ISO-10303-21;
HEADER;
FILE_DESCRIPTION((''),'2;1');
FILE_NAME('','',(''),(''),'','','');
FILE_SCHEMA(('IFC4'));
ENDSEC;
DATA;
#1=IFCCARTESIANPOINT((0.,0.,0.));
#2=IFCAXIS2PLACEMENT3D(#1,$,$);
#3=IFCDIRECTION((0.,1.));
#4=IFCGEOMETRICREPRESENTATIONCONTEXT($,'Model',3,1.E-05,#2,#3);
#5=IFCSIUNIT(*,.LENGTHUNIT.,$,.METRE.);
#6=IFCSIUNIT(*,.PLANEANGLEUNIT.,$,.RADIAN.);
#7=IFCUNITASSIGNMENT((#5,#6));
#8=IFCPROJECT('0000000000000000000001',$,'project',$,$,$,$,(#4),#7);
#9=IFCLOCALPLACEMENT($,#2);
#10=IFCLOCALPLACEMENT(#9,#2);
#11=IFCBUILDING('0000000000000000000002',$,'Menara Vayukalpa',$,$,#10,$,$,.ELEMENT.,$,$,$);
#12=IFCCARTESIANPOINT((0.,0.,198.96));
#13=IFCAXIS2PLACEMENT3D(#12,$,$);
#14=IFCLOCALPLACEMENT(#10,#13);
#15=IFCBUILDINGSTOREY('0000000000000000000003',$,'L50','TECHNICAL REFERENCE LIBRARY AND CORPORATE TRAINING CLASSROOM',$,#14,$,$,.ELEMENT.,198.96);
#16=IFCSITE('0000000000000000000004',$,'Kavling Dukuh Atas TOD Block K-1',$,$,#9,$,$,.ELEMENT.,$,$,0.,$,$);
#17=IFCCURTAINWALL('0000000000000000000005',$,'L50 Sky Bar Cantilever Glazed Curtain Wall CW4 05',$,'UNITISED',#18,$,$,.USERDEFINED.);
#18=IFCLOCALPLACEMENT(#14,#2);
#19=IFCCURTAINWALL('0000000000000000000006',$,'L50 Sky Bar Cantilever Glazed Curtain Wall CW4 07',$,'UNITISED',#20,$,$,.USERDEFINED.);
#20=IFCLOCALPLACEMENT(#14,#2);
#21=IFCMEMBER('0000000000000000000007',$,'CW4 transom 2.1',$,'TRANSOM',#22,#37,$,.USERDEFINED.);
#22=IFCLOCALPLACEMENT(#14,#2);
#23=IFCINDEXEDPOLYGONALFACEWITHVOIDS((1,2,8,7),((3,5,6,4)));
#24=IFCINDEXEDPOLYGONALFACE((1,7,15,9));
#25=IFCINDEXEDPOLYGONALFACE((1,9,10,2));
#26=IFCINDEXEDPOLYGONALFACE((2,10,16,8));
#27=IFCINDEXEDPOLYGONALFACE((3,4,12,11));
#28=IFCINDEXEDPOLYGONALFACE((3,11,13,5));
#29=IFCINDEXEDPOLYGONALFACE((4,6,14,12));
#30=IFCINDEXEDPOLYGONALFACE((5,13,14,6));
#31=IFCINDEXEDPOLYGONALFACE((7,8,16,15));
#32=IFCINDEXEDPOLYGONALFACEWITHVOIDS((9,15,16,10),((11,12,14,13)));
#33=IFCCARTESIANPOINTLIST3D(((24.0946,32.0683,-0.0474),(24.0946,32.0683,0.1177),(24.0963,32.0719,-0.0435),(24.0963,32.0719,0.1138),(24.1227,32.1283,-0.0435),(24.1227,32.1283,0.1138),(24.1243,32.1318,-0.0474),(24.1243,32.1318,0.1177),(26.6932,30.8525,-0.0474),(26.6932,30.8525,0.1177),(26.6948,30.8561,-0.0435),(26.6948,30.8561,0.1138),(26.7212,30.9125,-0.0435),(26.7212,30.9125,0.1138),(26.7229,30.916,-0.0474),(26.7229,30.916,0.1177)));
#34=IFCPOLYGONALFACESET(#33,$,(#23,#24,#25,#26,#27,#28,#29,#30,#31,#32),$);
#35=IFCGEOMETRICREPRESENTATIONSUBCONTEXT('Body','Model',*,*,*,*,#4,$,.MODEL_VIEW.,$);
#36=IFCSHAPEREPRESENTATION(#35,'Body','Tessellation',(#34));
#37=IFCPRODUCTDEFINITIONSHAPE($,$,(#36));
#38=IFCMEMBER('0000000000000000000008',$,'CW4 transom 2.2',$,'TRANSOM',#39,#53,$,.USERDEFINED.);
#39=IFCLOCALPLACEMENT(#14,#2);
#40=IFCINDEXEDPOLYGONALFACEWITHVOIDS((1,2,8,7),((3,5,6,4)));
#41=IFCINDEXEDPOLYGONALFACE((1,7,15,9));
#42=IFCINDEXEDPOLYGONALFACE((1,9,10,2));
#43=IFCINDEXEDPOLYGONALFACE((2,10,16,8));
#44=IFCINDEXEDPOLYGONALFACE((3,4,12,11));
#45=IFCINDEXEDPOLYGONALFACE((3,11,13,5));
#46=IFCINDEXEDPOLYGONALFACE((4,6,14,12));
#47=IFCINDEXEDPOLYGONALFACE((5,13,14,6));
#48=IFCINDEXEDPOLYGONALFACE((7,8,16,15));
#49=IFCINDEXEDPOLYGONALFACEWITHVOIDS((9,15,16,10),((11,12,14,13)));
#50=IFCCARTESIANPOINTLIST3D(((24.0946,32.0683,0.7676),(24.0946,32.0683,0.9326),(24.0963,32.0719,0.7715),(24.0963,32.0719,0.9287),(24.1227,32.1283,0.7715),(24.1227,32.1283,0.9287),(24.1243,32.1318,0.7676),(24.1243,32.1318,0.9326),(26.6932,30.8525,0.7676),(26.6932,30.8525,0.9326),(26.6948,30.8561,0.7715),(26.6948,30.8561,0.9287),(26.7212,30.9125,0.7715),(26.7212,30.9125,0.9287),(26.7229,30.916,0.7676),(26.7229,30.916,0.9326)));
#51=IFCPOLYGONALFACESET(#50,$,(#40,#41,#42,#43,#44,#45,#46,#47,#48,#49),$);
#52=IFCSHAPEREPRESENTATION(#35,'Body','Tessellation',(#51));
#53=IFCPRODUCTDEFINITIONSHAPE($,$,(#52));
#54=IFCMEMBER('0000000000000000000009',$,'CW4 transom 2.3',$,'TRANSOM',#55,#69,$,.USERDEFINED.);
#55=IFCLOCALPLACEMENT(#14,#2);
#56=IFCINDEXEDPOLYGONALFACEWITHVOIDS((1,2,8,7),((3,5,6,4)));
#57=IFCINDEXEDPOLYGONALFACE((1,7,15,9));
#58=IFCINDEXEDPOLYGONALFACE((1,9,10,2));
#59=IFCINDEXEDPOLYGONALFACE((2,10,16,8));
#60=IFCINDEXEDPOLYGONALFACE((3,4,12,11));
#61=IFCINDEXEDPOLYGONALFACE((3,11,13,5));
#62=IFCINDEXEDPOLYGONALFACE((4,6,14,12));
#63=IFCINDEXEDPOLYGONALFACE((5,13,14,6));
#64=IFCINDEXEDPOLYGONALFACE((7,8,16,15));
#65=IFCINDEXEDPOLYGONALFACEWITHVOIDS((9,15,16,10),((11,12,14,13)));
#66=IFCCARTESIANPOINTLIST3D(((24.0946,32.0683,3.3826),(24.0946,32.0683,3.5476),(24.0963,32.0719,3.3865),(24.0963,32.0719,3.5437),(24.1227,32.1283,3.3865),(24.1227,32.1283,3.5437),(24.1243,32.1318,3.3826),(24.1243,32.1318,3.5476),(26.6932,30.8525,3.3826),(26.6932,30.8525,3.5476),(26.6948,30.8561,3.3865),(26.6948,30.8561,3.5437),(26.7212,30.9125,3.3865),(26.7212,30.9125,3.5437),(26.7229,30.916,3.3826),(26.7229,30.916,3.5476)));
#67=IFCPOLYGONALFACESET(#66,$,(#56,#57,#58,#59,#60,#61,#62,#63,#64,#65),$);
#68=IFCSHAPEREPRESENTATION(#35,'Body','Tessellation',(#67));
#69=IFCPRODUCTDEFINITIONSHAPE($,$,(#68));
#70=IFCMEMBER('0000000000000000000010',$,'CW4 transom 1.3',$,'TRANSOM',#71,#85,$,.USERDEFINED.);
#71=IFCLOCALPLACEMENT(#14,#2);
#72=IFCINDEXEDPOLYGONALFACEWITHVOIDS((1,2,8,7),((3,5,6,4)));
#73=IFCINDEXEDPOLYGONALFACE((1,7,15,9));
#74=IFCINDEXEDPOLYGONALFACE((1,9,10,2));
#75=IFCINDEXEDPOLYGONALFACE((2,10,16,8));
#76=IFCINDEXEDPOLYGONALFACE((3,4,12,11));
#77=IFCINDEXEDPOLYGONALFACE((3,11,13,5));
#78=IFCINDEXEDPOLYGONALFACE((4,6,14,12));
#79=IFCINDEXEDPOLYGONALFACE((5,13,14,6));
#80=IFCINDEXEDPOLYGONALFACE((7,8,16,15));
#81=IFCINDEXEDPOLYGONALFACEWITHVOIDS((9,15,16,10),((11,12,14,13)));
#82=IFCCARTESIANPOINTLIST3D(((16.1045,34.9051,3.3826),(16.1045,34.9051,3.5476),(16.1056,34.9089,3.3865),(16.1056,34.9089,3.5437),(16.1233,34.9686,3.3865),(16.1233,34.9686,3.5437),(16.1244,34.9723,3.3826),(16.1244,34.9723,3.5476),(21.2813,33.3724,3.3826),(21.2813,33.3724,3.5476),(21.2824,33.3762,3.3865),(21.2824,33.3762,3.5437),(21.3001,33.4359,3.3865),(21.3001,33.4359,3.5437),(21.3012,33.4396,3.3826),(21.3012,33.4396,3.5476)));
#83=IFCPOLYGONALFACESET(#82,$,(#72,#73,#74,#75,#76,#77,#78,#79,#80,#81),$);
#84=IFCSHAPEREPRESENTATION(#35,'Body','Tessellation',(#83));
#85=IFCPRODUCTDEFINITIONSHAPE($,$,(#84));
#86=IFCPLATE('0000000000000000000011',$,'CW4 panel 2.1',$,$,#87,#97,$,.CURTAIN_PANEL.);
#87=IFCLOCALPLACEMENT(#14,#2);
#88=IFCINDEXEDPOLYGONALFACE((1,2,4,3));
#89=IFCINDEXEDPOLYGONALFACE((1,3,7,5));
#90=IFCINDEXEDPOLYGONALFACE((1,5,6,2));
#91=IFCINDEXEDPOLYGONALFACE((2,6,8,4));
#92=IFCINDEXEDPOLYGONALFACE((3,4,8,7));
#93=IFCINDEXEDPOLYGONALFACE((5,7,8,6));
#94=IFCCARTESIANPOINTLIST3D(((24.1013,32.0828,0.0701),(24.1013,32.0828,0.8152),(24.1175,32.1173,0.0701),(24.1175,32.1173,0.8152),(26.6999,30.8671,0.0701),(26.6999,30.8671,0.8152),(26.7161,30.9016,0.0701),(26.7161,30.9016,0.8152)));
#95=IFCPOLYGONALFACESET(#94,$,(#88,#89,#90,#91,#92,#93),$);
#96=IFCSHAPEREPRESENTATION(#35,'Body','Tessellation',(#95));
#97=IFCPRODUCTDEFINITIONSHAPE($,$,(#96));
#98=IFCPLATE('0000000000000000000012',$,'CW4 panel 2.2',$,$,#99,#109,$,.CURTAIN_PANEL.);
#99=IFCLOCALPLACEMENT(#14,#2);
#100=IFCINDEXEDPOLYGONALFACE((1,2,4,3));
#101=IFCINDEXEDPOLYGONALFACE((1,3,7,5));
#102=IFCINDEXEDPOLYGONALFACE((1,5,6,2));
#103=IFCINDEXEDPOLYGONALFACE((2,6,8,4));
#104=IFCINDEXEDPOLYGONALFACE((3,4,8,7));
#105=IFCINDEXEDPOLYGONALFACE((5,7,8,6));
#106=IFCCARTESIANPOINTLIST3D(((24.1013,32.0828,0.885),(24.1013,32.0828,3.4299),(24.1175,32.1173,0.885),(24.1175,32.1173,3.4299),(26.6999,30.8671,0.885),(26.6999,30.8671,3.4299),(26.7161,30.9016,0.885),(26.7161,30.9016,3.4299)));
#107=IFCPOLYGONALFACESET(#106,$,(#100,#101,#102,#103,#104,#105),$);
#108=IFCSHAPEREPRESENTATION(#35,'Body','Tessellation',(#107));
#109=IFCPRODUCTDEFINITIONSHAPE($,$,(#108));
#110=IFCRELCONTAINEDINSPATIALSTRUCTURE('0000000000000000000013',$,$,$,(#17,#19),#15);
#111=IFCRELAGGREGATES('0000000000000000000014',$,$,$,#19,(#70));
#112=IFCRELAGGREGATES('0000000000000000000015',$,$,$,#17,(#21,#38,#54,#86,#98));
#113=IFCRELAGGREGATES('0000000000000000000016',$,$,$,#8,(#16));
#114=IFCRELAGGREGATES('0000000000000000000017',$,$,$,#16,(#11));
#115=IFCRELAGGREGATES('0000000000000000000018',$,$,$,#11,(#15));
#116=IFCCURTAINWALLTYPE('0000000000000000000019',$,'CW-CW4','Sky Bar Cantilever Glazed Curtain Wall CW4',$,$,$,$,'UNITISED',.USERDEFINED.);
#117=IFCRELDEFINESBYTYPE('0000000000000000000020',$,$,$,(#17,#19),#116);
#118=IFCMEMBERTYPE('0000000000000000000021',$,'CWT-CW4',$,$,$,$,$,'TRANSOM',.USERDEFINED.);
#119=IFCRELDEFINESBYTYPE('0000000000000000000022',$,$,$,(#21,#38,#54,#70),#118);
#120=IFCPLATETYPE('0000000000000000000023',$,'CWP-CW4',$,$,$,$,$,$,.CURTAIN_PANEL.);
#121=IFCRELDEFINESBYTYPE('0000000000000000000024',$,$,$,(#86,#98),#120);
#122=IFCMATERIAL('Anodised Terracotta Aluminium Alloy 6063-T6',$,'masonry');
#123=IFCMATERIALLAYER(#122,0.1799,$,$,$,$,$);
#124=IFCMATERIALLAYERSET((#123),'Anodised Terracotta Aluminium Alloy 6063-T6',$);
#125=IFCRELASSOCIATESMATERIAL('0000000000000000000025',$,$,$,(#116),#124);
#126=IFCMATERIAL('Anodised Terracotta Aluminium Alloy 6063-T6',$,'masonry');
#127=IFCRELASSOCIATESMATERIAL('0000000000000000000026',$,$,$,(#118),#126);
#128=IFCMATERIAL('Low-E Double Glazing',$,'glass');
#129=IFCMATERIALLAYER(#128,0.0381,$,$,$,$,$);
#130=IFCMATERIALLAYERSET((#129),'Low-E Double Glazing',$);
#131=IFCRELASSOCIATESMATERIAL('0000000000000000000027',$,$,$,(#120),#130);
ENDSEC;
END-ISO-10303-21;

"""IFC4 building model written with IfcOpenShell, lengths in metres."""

from ifc_helpers import new_model, si_unit, direction, frame, origin, origin_2d, place, context, subcontext, project, spatial, rectangle, hollow_rectangle, extrude, material, layer, layer_set, material_profile, profile_set, type_object, element, aggregate, save


model = new_model("IFC4")

# Units and contexts
model_context = context("Model", 3, precision=1e-05, world=origin(), true_north=direction((0.0, 1.0)))
body_context = subcontext(model_context, "Body", "Model", "MODEL_VIEW")
ifc_project = project(units=[si_unit("LENGTHUNIT", "METRE"), si_unit("PLANEANGLEUNIT", "RADIAN")], contexts=[model_context])

# Site, building, storey
site_placement = place(None, origin())
site = spatial("IfcSite", under=ifc_project, at=site_placement, Name="Kavling Dukuh Atas TOD Block K-1", CompositionType="ELEMENT", RefElevation=0.0)
building_placement = place(site_placement, origin())
building = spatial("IfcBuilding", under=site, at=building_placement, Name="Menara Vayukalpa", CompositionType="ELEMENT")
storey_placement = place(building_placement, frame((0.0, 0.0, 198.96)))
storey = spatial("IfcBuildingStorey", under=building, at=storey_placement, Name="L50", Description="TECHNICAL REFERENCE LIBRARY AND CORPORATE TRAINING CLASSROOM", CompositionType="ELEMENT", Elevation=198.96)

# Curtain walls
ifc_material_1 = material(Name="Anodised Terracotta Aluminium Alloy 6063-T6", Category="masonry")
ifc_layer_1 = layer(ifc_material_1, 0.1799)
ifc_layer_set_1 = layer_set([ifc_layer_1], Name="Anodised Terracotta Aluminium Alloy 6063-T6")
curtain_wall_type = type_object("IfcCurtainWallType", Name="CW-CW4", Description="Sky Bar Cantilever Glazed Curtain Wall CW4", ElementType="UNITISED", PredefinedType="USERDEFINED", material=ifc_layer_set_1)
curtain_wall_1_placement = place(storey_placement, origin())
curtain_wall_1 = element("IfcCurtainWall", 1, at=curtain_wall_1_placement, inside=storey, type_object=curtain_wall_type, Name="L50 Sky Bar Cantilever Glazed Curtain Wall CW4 05", ObjectType="UNITISED", PredefinedType="USERDEFINED")
curtain_wall_2_placement = place(storey_placement, origin())
curtain_wall_2 = element("IfcCurtainWall", 2, at=curtain_wall_2_placement, inside=storey, type_object=curtain_wall_type, Name="L50 Sky Bar Cantilever Glazed Curtain Wall CW4 07", ObjectType="UNITISED", PredefinedType="USERDEFINED")

# Members
ifc_material_2 = material(Name="Anodised Terracotta Aluminium Alloy 6063-T6", Category="masonry")
ifc_material_profile_1 = material_profile(ifc_material_2, hollow_rectangle(XDim=0.0701, YDim=0.165, WallThickness=0.0039, at=origin_2d()), Name="ALU 70x165x4")
ifc_profile_set_1 = profile_set([ifc_material_profile_1], Name="Anodised Terracotta Aluminium Alloy 6063-T6")
member_type_1 = type_object("IfcMemberType", Name="CWT-CW4", ElementType="TRANSOM", PredefinedType="USERDEFINED", material=ifc_profile_set_1)
member_1_placement = place(storey_placement, frame((26.708, 30.8843, 0.0352), z_axis=(-0.905765, 0.42378, 0.0), x_axis=(-0.42378, -0.905765, 0.0)))
member_1 = element("IfcMember", 3, at=member_1_placement, type_object=member_type_1, Name="CW4 transom 2.1", ObjectType="TRANSOM", PredefinedType="USERDEFINED", context=body_context, shape_type="SweptSolid", body=[
    extrude(hollow_rectangle(XDim=0.0701, YDim=0.165, WallThickness=0.0039, at=origin_2d()), origin(), (0.0, 0.0, 1.0), 2.8689),
])
member_2_placement = place(storey_placement, frame((26.708, 30.8843, 0.8501), z_axis=(-0.905765, 0.42378, 0.0), x_axis=(-0.42378, -0.905765, 0.0)))
member_2 = element("IfcMember", 4, at=member_2_placement, type_object=member_type_1, Name="CW4 transom 2.2", ObjectType="TRANSOM", PredefinedType="USERDEFINED", context=body_context, shape_type="SweptSolid", body=[
    extrude(hollow_rectangle(XDim=0.0701, YDim=0.165, WallThickness=0.0039, at=origin_2d()), origin(), (0.0, 0.0, 1.0), 2.8689),
])
member_3_placement = place(storey_placement, frame((26.708, 30.8843, 3.4651), z_axis=(-0.905765, 0.42378, 0.0), x_axis=(-0.42378, -0.905765, 0.0)))
member_3 = element("IfcMember", 5, at=member_3_placement, type_object=member_type_1, Name="CW4 transom 2.3", ObjectType="TRANSOM", PredefinedType="USERDEFINED", context=body_context, shape_type="SweptSolid", body=[
    extrude(hollow_rectangle(XDim=0.0701, YDim=0.165, WallThickness=0.0039, at=origin_2d()), origin(), (0.0, 0.0, 1.0), 2.8689),
])
member_4_placement = place(storey_placement, frame((21.2913, 33.406, 3.4651), z_axis=(-0.958856, 0.283894, 0.0), x_axis=(-0.283894, -0.958856, 0.0)))
member_4 = element("IfcMember", 6, at=member_4_placement, type_object=member_type_1, Name="CW4 transom 1.3", ObjectType="TRANSOM", PredefinedType="USERDEFINED", context=body_context, shape_type="SweptSolid", body=[
    extrude(hollow_rectangle(XDim=0.0701, YDim=0.165, WallThickness=0.0039, at=origin_2d()), origin(), (0.0, 0.0, 1.0), 5.3989),
])
aggregate(curtain_wall_2, [member_4])

# Plates
ifc_material_3 = material(Name="Low-E Double Glazing", Category="glass")
ifc_layer_2 = layer(ifc_material_3, 0.0381)
ifc_layer_set_2 = layer_set([ifc_layer_2], Name="Low-E Double Glazing")
plate_type = type_object("IfcPlateType", Name="CWP-CW4", PredefinedType="CURTAIN_PANEL", material=ifc_layer_set_2)
plate_1_placement = place(storey_placement, frame((25.4087, 31.4922, 0.0701), z_axis=(0.0, 0.0, 1.0), x_axis=(-0.905782, 0.423744, 0.0)))
plate_1 = element("IfcPlate", 7, at=plate_1_placement, type_object=plate_type, Name="CW4 panel 2.1", PredefinedType="CURTAIN_PANEL", context=body_context, shape_type="SweptSolid", body=[
    extrude(rectangle(XDim=2.8689, YDim=0.0381, at=origin_2d()), origin(), (0.0, 0.0, 1.0), 0.7451),
])
plate_2_placement = place(storey_placement, frame((25.4087, 31.4922, 0.885), z_axis=(0.0, 0.0, 1.0), x_axis=(-0.905782, 0.423744, 0.0)))
plate_2 = element("IfcPlate", 8, at=plate_2_placement, type_object=plate_type, Name="CW4 panel 2.2", PredefinedType="CURTAIN_PANEL", context=body_context, shape_type="SweptSolid", body=[
    extrude(rectangle(XDim=2.8689, YDim=0.0381, at=origin_2d()), origin(), (0.0, 0.0, 1.0), 2.5449),
])
aggregate(curtain_wall_1, [member_1, member_2, member_3, plate_1, plate_2])

save(model, "model.ifc")
